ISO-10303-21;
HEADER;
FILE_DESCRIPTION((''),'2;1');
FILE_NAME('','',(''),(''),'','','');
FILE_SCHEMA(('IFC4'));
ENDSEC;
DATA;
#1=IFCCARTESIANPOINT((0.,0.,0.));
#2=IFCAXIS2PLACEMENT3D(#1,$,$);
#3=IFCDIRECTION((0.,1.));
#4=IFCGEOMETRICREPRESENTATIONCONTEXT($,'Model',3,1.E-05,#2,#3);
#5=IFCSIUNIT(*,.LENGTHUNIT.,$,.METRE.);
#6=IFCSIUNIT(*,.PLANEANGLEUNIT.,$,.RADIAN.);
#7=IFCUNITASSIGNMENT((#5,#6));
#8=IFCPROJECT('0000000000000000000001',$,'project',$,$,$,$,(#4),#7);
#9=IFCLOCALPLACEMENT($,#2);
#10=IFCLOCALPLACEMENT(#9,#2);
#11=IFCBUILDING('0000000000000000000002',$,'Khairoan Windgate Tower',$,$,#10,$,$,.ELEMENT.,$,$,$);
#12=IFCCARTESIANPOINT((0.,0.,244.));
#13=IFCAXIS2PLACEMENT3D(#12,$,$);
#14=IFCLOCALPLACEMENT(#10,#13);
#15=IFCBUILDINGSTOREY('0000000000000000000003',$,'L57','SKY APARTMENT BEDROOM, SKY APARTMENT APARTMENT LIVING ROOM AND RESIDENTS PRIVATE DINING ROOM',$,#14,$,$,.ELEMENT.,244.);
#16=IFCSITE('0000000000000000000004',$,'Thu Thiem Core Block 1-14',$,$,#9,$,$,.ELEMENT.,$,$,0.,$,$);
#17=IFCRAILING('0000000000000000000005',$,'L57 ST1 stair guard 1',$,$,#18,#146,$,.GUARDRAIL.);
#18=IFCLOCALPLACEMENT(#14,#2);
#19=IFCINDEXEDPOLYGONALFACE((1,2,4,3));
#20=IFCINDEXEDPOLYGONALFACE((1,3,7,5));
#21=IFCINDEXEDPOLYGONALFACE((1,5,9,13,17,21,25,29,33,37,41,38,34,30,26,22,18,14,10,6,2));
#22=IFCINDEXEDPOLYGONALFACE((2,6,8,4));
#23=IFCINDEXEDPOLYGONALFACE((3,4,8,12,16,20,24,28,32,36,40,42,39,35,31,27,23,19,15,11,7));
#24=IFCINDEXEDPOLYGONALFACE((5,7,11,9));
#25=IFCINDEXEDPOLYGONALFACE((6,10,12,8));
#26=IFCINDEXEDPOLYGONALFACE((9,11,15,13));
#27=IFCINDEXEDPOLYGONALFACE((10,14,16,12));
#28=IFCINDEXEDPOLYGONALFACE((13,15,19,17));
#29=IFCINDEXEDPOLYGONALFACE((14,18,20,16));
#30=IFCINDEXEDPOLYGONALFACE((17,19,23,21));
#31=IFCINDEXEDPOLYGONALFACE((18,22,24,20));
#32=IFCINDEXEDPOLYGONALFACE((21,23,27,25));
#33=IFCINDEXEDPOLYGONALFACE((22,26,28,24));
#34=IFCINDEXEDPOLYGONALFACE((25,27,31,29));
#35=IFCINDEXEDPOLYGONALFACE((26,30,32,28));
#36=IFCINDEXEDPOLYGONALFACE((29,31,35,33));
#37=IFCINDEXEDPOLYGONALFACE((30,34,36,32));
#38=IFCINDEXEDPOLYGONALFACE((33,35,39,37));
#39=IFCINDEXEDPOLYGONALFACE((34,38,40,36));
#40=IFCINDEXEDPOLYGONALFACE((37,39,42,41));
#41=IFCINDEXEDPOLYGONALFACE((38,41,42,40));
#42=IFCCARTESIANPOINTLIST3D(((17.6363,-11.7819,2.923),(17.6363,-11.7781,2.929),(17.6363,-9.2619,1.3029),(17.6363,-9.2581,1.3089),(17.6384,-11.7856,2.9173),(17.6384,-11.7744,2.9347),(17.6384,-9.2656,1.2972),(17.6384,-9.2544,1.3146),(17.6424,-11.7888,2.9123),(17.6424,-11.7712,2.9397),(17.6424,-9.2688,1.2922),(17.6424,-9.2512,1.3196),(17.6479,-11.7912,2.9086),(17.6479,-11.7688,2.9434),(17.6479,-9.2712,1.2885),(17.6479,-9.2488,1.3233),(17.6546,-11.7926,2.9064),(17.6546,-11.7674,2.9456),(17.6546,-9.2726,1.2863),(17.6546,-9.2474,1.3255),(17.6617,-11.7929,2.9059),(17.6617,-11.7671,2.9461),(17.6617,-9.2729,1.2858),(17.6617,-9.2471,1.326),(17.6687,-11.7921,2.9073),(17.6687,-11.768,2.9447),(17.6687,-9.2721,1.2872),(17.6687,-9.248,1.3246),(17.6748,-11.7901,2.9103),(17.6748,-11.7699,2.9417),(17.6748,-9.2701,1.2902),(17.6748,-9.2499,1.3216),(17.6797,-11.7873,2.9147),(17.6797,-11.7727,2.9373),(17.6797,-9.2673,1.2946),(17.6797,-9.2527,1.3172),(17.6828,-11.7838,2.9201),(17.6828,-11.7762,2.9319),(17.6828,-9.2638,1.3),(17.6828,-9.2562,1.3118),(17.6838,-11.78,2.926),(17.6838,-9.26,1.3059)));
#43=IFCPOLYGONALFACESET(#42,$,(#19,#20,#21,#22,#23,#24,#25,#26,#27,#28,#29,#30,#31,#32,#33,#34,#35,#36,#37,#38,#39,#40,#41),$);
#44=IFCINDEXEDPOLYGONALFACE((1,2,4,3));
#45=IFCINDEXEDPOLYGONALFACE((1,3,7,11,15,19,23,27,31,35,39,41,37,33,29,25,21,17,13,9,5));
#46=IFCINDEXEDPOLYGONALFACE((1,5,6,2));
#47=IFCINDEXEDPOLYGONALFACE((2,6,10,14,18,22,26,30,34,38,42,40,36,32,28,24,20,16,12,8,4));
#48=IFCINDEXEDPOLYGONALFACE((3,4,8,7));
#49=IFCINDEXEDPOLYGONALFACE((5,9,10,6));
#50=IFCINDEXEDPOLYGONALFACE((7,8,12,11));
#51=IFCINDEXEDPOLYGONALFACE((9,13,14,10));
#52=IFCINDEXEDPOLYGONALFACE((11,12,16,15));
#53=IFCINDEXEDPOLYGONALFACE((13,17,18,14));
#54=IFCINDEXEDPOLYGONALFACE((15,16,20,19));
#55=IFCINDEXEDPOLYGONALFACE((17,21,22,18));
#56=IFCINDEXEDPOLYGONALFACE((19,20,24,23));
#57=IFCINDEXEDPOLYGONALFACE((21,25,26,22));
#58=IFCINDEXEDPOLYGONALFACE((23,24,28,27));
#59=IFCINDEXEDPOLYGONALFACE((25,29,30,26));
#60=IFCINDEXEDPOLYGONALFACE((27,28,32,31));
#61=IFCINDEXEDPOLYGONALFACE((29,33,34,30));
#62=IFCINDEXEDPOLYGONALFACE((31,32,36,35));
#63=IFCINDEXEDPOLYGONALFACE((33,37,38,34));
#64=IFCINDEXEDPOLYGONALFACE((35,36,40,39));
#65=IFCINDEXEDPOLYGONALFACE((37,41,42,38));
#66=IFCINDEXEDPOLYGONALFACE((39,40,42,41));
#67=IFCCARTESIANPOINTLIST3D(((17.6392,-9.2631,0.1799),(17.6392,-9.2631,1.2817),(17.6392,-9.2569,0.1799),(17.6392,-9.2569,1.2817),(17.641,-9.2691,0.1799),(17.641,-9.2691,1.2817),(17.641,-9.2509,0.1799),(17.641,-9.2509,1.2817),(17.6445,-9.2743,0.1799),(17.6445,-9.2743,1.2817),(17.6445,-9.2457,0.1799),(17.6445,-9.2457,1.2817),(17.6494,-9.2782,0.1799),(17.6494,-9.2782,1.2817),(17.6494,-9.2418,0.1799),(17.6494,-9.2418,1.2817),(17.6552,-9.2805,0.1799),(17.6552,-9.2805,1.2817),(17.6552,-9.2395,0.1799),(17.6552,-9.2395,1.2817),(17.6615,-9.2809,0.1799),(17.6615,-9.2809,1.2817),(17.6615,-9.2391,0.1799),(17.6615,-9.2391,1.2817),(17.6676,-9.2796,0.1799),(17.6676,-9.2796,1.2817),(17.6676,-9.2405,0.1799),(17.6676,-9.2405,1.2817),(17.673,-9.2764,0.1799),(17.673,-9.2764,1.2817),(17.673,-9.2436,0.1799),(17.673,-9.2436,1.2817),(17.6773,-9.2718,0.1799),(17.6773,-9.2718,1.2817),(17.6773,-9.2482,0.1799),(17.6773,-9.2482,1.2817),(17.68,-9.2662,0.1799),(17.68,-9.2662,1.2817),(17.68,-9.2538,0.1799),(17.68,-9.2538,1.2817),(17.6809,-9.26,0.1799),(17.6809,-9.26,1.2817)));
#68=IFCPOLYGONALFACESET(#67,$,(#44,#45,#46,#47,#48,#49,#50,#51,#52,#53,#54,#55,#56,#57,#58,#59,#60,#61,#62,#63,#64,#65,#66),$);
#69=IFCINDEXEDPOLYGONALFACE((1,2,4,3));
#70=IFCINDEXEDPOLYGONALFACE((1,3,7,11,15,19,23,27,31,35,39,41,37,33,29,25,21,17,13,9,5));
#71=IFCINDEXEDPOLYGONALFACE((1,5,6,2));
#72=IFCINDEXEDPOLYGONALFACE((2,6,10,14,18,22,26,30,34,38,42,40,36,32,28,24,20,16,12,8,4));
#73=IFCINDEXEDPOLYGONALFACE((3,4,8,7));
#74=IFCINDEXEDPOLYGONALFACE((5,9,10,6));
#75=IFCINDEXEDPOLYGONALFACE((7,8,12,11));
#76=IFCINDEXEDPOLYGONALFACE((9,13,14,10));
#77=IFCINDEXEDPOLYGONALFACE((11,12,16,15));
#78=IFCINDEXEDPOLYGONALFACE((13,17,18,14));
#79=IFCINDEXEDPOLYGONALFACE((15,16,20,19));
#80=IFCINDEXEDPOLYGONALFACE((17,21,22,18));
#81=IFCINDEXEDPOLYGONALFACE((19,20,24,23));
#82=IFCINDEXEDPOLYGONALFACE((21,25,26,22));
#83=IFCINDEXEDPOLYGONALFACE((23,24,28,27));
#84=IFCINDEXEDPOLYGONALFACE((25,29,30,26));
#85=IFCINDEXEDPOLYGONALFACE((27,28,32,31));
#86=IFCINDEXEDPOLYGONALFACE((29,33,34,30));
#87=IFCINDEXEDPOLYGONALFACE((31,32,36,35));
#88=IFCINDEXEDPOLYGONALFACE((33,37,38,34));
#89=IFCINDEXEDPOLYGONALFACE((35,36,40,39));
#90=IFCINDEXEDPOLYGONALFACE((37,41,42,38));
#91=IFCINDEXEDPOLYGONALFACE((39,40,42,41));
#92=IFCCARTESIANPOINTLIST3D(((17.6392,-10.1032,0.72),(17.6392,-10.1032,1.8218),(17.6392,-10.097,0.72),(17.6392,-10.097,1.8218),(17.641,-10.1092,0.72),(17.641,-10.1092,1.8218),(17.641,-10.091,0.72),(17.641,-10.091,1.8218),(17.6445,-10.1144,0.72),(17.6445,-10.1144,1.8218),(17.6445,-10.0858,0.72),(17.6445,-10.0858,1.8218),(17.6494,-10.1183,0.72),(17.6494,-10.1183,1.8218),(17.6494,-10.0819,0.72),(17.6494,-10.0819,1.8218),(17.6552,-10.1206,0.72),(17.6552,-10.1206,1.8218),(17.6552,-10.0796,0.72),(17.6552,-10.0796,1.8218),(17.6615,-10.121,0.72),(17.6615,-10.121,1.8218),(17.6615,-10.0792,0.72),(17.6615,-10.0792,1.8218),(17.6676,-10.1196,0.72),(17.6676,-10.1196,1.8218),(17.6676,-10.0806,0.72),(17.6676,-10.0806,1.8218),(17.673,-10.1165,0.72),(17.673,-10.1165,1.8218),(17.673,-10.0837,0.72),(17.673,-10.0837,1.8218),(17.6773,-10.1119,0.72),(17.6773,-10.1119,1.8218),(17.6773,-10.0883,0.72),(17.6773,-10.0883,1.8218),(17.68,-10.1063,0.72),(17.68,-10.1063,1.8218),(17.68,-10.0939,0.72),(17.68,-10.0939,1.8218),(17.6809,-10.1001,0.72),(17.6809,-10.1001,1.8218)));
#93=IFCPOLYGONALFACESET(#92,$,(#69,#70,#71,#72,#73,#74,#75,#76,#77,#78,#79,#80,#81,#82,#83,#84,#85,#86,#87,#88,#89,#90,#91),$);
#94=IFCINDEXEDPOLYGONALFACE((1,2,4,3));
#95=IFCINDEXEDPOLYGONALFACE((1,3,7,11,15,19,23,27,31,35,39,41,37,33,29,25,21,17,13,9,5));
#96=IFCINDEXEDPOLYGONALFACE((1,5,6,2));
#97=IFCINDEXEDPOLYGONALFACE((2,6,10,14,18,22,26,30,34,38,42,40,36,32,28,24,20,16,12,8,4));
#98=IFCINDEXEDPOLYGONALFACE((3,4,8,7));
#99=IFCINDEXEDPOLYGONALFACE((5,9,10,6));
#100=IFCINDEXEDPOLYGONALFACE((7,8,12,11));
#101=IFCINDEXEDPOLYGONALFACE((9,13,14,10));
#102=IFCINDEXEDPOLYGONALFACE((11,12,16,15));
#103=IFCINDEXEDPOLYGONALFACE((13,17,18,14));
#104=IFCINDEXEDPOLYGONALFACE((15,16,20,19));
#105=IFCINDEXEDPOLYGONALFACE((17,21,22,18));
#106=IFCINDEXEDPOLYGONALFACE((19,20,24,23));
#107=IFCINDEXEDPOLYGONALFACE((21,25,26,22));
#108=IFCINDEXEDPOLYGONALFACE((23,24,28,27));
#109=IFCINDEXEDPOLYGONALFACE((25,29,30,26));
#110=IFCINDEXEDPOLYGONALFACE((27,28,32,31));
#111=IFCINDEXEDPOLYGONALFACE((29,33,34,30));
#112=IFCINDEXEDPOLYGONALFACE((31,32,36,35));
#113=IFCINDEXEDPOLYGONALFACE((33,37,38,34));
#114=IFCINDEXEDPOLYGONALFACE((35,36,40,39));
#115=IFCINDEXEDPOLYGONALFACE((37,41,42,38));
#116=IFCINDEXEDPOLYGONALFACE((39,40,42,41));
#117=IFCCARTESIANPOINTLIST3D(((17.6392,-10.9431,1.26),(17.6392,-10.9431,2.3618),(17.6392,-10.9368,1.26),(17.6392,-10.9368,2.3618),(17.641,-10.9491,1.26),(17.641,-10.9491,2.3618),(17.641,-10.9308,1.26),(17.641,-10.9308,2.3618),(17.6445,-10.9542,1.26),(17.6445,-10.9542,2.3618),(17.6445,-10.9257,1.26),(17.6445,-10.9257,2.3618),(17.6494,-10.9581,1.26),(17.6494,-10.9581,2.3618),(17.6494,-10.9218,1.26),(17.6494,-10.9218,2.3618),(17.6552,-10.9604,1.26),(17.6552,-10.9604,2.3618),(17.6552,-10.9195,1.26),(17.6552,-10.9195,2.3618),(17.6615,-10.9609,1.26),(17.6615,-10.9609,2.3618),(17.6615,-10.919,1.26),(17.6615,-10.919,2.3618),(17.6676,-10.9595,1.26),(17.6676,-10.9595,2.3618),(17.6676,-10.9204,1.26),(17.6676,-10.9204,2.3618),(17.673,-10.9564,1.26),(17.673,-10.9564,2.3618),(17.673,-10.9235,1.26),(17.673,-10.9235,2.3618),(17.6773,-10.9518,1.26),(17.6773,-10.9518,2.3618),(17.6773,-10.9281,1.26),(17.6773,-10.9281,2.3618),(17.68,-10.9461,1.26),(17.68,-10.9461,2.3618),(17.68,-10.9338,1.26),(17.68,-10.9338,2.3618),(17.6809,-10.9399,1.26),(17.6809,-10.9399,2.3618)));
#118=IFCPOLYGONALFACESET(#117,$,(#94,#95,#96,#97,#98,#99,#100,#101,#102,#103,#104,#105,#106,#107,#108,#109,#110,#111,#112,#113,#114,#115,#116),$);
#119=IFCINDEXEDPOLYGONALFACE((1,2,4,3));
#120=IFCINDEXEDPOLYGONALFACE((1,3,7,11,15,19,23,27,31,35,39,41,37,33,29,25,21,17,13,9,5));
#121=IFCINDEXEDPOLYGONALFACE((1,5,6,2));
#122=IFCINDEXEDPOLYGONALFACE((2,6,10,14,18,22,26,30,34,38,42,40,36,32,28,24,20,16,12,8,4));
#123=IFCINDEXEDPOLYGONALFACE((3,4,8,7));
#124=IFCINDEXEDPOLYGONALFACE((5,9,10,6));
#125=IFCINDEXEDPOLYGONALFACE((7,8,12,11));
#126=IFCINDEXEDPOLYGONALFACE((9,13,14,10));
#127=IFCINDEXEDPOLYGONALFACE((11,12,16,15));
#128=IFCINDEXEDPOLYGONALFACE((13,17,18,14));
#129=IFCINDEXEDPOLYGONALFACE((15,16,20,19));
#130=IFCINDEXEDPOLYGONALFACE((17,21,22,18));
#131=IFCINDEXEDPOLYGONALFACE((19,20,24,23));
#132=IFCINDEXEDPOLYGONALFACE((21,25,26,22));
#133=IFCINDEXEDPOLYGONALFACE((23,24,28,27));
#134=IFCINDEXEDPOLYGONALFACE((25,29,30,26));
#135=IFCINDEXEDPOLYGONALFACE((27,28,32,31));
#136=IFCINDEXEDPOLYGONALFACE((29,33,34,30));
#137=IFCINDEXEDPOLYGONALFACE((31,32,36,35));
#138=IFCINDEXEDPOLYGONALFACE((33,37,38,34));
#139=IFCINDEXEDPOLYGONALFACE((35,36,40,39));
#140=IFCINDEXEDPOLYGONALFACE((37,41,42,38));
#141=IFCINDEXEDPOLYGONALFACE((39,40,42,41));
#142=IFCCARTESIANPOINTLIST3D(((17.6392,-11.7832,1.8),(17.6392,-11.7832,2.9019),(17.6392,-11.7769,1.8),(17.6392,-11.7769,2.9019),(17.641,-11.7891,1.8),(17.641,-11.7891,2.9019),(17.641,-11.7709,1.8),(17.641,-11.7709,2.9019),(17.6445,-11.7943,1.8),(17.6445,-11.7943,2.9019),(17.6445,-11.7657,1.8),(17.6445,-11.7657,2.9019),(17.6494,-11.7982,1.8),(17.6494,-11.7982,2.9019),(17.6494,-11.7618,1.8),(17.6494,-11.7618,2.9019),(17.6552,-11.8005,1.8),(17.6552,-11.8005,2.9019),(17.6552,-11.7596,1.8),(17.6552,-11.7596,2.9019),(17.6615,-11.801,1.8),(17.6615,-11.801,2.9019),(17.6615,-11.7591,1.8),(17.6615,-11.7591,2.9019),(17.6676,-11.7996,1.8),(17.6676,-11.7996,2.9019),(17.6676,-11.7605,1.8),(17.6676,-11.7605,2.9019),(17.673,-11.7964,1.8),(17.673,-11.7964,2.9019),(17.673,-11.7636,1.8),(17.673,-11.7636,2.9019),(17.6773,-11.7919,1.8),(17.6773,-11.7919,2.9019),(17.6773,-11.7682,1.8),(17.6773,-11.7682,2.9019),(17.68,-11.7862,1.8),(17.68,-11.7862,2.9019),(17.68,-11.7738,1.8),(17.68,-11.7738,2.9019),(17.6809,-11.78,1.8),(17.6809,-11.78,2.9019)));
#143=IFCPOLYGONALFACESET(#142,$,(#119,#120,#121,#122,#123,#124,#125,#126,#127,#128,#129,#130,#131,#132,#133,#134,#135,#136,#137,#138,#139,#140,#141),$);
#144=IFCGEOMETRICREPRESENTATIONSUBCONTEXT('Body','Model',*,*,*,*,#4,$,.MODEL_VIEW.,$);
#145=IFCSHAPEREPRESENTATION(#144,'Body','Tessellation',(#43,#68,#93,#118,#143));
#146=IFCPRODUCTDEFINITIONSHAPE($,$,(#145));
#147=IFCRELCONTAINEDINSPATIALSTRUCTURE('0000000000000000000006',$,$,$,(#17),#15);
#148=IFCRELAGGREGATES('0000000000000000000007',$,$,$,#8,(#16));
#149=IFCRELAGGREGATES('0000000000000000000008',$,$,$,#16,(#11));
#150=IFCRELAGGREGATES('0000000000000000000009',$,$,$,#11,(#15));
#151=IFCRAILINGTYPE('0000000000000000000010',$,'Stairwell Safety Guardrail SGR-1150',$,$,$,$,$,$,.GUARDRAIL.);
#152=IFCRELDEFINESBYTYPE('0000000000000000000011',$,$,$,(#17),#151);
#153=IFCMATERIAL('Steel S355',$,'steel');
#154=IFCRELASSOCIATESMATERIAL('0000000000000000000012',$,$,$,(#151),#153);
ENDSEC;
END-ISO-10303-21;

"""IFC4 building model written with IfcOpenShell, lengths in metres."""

from ifc_helpers import new_model, si_unit, direction, frame, origin, origin_2d, place, context, subcontext, project, spatial, circle, extrude, material, type_object, element, save


model = new_model("IFC4")

# Units and contexts
model_context = context("Model", 3, precision=1e-05, world=origin(), true_north=direction((0.0, 1.0)))
body_context = subcontext(model_context, "Body", "Model", "MODEL_VIEW")
ifc_project = project(units=[si_unit("LENGTHUNIT", "METRE"), si_unit("PLANEANGLEUNIT", "RADIAN")], contexts=[model_context])

# Site, building, storey
site_placement = place(None, origin())
site = spatial("IfcSite", under=ifc_project, at=site_placement, Name="Thu Thiem Core Block 1-14", CompositionType="ELEMENT", RefElevation=0.0)
building_placement = place(site_placement, origin())
building = spatial("IfcBuilding", under=site, at=building_placement, Name="Khairoan Windgate Tower", CompositionType="ELEMENT")
storey_placement = place(building_placement, frame((0.0, 0.0, 244.0)))
storey = spatial("IfcBuildingStorey", under=building, at=storey_placement, Name="L57", Description="SKY APARTMENT BEDROOM, SKY APARTMENT APARTMENT LIVING ROOM AND RESIDENTS PRIVATE DINING ROOM", CompositionType="ELEMENT", Elevation=244.0)

# Railing
ifc_material_1 = material(Name="Steel S355", Category="steel")
railing_type_1 = type_object("IfcRailingType", Name="Stairwell Safety Guardrail SGR-1150", PredefinedType="GUARDRAIL", material=ifc_material_1)
railing_1_placement = place(storey_placement, frame((17.6599, -9.26, 0.1799)))
element("IfcRailing", 1, at=railing_1_placement, inside=storey, type_object=railing_type_1, Name="L57 ST1 stair guard 1", PredefinedType="GUARDRAIL", context=body_context, shape_type="SweptSolid", body=[
    extrude(circle(Radius=0.0239, at=origin_2d()), frame((0.0, 0.0, 1.126), z_axis=(0.0, -0.841163, 0.540782), x_axis=(1.0, 0.0, 0.0)), (0.0, 0.0, 1.0), 2.9958),
    extrude(circle(Radius=0.021, at=origin_2d()), origin(), (0.0, 0.0, 1.0), 1.1018),
    extrude(circle(Radius=0.021, at=origin_2d()), frame((0.0, -0.8401, 0.54)), (0.0, 0.0, 1.0), 1.1018),
    extrude(circle(Radius=0.021, at=origin_2d()), frame((0.0, -1.6799, 1.0801)), (0.0, 0.0, 1.0), 1.1018),
    extrude(circle(Radius=0.021, at=origin_2d()), frame((0.0, -2.52, 1.6201)), (0.0, 0.0, 1.0), 1.1018),
])

save(model, "model.ifc")
